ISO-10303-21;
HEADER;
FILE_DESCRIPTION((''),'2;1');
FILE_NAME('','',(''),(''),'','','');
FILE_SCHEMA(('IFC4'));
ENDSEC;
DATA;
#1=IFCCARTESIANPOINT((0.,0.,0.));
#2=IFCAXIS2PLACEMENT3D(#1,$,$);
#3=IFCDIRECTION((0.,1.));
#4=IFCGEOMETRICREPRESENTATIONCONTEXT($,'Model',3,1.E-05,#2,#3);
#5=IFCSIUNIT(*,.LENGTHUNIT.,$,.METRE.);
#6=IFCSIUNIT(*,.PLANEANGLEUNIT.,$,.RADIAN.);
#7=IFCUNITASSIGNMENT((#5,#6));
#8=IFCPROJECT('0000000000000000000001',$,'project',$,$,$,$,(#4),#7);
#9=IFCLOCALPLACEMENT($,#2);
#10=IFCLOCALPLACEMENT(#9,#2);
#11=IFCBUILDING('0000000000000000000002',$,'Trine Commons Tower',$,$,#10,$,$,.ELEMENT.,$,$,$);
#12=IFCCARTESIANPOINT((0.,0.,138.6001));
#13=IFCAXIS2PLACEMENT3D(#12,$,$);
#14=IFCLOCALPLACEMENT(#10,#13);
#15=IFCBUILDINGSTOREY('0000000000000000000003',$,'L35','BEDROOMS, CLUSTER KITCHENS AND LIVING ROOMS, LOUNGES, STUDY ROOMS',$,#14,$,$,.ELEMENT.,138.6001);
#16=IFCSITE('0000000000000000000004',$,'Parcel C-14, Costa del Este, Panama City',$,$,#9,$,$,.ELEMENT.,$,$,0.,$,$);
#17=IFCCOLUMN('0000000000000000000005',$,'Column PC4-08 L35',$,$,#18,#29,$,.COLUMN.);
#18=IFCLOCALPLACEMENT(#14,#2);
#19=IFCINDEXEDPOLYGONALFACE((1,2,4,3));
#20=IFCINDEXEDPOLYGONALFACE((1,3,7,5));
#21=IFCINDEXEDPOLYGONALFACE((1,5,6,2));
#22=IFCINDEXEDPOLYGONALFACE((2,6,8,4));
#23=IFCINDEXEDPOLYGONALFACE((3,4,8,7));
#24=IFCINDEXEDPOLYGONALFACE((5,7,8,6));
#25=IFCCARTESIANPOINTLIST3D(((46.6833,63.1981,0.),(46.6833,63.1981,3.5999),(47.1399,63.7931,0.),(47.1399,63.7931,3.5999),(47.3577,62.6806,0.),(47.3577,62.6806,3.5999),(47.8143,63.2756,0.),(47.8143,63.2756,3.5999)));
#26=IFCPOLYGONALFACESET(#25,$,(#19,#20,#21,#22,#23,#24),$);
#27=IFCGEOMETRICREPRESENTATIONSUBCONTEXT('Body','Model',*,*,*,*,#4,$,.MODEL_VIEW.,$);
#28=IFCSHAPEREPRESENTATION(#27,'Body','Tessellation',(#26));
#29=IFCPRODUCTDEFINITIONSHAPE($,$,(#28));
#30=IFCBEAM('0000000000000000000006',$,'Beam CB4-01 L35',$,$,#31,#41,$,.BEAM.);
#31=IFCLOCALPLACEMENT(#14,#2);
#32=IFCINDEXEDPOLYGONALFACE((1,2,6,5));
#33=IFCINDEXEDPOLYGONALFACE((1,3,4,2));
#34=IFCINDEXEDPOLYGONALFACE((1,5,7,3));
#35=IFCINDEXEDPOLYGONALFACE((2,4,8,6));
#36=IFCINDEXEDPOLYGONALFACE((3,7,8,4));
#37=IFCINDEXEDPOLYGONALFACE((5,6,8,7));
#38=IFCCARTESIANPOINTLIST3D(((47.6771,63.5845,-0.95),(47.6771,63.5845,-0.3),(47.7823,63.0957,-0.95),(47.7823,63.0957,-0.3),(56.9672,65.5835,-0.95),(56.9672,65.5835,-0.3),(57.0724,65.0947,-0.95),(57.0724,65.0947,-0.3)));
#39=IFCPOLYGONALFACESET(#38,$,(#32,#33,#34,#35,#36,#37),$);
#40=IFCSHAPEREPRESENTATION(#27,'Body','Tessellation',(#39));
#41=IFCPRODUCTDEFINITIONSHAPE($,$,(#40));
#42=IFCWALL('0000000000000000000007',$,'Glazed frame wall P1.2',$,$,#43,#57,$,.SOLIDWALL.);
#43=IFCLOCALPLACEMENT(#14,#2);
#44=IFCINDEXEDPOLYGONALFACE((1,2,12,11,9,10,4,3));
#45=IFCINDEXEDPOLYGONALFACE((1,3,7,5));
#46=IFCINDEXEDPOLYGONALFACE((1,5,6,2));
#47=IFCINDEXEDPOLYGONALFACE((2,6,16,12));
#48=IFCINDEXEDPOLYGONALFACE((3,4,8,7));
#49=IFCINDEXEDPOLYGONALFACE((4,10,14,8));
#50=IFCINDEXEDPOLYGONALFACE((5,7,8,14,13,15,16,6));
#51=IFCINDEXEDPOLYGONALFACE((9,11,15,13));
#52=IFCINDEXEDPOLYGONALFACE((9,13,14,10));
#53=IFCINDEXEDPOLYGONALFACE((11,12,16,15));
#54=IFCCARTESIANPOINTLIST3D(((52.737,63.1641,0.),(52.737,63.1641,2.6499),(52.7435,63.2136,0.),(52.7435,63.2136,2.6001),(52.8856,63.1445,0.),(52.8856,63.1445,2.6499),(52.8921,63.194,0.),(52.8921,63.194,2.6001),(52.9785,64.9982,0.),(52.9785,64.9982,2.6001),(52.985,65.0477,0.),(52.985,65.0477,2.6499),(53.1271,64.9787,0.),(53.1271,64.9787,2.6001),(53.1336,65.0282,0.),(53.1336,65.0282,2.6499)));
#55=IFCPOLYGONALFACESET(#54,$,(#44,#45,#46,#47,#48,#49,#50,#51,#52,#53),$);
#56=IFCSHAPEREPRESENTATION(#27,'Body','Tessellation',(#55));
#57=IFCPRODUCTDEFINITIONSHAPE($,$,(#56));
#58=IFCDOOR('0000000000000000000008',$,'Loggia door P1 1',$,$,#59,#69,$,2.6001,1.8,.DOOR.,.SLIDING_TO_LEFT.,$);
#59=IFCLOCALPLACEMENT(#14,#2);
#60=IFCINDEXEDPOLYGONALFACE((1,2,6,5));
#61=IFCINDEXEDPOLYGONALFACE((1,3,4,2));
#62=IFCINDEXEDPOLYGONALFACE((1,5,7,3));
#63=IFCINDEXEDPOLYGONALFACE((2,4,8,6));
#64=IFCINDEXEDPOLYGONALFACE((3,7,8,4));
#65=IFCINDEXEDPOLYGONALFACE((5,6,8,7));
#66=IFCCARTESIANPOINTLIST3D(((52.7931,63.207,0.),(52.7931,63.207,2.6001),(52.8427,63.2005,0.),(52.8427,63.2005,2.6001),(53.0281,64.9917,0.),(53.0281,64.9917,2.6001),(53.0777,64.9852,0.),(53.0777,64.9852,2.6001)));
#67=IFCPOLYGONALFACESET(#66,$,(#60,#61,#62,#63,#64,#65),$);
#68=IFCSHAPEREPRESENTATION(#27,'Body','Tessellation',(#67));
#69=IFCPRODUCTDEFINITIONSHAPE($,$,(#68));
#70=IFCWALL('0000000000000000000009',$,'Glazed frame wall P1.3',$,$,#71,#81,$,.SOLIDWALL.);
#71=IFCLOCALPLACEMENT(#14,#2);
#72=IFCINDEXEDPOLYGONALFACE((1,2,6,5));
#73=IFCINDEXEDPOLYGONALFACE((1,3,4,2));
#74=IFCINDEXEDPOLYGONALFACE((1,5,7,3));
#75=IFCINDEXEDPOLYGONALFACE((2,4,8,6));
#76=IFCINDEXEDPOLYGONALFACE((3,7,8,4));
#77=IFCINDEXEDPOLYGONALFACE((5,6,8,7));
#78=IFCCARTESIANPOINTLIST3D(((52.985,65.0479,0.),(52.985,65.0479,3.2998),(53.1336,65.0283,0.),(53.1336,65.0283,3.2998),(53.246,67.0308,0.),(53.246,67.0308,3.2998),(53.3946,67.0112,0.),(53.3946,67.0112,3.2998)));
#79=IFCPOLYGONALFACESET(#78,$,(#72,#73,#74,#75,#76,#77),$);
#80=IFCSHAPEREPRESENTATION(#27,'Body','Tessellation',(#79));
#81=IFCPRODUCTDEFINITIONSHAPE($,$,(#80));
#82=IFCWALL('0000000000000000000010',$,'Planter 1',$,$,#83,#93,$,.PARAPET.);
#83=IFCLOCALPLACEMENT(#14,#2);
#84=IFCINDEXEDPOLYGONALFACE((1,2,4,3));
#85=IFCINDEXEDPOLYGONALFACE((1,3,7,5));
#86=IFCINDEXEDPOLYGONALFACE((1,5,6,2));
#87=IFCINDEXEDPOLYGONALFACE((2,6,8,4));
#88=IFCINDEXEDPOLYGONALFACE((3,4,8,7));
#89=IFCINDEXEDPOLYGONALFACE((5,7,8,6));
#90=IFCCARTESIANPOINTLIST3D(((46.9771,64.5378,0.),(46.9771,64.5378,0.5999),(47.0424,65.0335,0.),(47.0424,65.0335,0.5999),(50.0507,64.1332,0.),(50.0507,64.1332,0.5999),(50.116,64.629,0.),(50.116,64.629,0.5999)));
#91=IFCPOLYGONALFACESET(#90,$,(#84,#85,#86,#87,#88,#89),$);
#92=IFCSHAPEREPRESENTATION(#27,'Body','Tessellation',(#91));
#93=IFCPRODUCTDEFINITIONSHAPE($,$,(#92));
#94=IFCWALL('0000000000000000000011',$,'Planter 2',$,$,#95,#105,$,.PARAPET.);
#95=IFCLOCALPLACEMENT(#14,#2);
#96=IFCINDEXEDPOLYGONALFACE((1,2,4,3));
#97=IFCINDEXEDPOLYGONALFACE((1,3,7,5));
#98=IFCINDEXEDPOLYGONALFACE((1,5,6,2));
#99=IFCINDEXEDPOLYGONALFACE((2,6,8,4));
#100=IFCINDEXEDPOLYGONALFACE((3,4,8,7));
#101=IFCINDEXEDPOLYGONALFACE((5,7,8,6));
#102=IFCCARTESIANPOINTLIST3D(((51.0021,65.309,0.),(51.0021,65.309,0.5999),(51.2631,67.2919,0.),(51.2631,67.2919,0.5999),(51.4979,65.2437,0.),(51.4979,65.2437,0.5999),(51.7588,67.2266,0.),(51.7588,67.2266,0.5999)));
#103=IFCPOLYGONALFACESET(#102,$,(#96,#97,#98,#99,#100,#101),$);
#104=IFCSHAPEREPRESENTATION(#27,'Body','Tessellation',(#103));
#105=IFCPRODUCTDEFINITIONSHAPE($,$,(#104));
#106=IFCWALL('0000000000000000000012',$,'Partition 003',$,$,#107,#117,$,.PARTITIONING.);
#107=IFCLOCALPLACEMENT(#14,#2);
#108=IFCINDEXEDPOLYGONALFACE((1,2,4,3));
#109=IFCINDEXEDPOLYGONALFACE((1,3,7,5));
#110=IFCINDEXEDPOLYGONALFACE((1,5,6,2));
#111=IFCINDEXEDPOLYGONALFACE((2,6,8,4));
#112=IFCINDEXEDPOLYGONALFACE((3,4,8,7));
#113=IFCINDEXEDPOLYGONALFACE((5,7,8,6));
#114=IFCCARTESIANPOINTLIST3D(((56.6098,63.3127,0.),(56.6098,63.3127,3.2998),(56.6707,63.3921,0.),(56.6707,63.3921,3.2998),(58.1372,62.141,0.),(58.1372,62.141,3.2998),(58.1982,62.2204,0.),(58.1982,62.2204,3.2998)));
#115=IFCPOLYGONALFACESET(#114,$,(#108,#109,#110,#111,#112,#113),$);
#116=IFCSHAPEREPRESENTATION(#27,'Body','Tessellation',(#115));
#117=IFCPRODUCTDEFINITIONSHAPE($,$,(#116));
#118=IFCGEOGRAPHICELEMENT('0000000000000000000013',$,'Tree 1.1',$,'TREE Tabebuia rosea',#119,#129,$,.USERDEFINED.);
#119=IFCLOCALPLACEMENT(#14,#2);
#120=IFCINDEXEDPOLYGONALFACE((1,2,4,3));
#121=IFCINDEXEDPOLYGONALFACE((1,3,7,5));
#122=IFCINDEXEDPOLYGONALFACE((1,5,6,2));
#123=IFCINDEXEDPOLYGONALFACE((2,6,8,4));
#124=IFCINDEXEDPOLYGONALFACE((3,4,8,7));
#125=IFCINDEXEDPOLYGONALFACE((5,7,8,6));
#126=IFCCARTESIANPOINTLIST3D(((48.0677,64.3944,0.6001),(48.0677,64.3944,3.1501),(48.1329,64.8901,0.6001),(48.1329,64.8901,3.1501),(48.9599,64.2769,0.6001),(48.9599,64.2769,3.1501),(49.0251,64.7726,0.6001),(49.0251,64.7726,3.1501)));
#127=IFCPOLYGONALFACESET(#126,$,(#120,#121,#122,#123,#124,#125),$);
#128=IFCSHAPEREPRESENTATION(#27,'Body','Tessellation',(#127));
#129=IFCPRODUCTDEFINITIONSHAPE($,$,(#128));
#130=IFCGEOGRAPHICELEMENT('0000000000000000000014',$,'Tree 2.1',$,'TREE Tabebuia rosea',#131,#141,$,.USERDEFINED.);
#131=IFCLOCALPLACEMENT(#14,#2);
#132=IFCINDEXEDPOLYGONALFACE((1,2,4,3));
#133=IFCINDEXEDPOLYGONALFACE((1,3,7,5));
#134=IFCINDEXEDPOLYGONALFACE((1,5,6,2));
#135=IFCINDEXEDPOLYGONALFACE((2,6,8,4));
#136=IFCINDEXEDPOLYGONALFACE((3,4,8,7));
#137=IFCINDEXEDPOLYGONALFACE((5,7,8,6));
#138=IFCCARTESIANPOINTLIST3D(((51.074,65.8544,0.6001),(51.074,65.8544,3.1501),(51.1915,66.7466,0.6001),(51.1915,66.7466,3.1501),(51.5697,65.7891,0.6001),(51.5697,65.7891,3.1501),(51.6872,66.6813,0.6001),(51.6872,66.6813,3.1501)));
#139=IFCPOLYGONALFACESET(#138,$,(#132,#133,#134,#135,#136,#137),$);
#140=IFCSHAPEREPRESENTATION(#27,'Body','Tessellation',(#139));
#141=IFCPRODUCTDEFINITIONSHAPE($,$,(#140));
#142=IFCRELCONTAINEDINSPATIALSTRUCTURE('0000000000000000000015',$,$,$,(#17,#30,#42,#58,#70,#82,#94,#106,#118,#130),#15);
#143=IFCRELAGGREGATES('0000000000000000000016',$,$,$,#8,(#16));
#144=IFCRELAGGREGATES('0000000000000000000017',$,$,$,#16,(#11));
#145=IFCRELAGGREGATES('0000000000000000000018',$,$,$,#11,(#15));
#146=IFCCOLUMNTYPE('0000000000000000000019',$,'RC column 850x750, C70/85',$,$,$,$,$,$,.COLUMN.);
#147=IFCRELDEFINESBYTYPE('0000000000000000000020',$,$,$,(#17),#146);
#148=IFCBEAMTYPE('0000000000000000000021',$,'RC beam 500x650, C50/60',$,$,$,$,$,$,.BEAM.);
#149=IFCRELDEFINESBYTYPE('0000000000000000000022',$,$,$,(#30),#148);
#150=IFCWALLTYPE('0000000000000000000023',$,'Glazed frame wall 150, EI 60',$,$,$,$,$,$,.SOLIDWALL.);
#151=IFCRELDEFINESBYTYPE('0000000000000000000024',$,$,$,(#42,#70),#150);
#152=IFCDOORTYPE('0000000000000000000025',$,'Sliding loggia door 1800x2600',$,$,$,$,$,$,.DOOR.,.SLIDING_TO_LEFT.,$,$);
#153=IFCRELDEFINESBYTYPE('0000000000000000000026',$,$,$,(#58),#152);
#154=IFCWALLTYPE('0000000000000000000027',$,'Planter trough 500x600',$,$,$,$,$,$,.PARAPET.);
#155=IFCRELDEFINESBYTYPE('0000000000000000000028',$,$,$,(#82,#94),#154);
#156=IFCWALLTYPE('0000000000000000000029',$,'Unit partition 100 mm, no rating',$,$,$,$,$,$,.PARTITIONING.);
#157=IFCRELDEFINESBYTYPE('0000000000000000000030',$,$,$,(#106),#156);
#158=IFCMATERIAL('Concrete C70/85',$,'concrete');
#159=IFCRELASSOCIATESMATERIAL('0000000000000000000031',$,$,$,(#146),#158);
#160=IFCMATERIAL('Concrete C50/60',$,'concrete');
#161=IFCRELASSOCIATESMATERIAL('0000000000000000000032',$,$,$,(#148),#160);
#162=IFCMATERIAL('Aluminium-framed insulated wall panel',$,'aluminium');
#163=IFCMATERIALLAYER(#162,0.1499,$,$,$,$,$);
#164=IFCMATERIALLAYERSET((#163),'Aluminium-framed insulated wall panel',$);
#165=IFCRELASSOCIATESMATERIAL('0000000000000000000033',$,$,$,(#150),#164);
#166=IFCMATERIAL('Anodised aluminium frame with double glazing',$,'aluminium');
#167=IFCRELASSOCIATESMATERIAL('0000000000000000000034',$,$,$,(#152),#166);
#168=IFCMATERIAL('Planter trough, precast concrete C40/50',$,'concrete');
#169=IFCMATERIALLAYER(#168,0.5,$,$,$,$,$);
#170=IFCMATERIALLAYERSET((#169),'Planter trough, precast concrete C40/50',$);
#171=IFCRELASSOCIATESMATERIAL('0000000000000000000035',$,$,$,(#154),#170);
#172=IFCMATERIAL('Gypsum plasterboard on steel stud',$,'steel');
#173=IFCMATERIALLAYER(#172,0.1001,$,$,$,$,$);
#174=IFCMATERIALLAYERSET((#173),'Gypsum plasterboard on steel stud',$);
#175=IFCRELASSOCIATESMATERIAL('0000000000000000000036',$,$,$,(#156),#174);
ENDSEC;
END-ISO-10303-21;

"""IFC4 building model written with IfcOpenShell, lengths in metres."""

from ifc_helpers import new_model, si_unit, direction, frame, frame_2d, origin, origin_2d, place, context, subcontext, project, spatial, polyline, rectangle, outline, extrude, material, layer, layer_set, material_profile, profile_set, type_object, element, fill, save


model = new_model("IFC4")

# Units and contexts
model_context = context("Model", 3, precision=1e-05, world=origin(), true_north=direction((0.0, 1.0)))
body_context = subcontext(model_context, "Body", "Model", "MODEL_VIEW")
ifc_project = project(units=[si_unit("LENGTHUNIT", "METRE"), si_unit("PLANEANGLEUNIT", "RADIAN")], contexts=[model_context])

# Site, building, storey
site_placement = place(None, origin())
site = spatial("IfcSite", under=ifc_project, at=site_placement, Name="Parcel C-14, Costa del Este, Panama City", CompositionType="ELEMENT", RefElevation=0.0)
building_placement = place(site_placement, origin())
building = spatial("IfcBuilding", under=site, at=building_placement, Name="Trine Commons Tower", CompositionType="ELEMENT")
storey_placement = place(building_placement, frame((0.0, 0.0, 138.6001)))
storey = spatial("IfcBuildingStorey", under=building, at=storey_placement, Name="L35", Description="BEDROOMS, CLUSTER KITCHENS AND LIVING ROOMS, LOUNGES, STUDY ROOMS", CompositionType="ELEMENT", Elevation=138.6001)

# Column
ifc_material_1 = material(Name="Concrete C70/85", Category="concrete")
ifc_material_profile_1 = material_profile(ifc_material_1, rectangle(XDim=0.8501, YDim=0.75, at=origin_2d()), Name="RC 850x750")
ifc_profile_set_1 = profile_set([ifc_material_profile_1], Name="Concrete C70/85")
column_type = type_object("IfcColumnType", Name="RC column 850x750, C70/85", PredefinedType="COLUMN", material=ifc_profile_set_1)
column_placement = place(storey_placement, frame((47.2488, 63.2368, 0.0), z_axis=(0.0, 0.0, 1.0), x_axis=(-0.793353, 0.608761, 0.0)))
element("IfcColumn", 1, at=column_placement, inside=storey, type_object=column_type, Name="Column PC4-08 L35", PredefinedType="COLUMN", context=body_context, shape_type="SweptSolid", body=[
    extrude(rectangle(XDim=0.8501, YDim=0.75, at=origin_2d()), origin(), (0.0, 0.0, 1.0), 3.5999),
])

# Beam
ifc_material_2 = material(Name="Concrete C50/60", Category="concrete")
ifc_material_profile_2 = material_profile(ifc_material_2, rectangle(XDim=0.5, YDim=0.6499, at=origin_2d()), Name="RC 500x650")
ifc_profile_set_2 = profile_set([ifc_material_profile_2], Name="Concrete C50/60")
beam_type = type_object("IfcBeamType", Name="RC beam 500x650, C50/60", PredefinedType="BEAM", material=ifc_profile_set_2)
beam_placement = place(storey_placement, frame((47.7297, 63.3401, -0.625), z_axis=(0.977623, 0.210364, 0.0), x_axis=(-0.210364, 0.977623, 0.0)))
element("IfcBeam", 2, at=beam_placement, inside=storey, type_object=beam_type, Name="Beam CB4-01 L35", PredefinedType="BEAM", context=body_context, shape_type="SweptSolid", body=[
    extrude(rectangle(XDim=0.5, YDim=0.6499, at=origin_2d()), origin(), (0.0, 0.0, 1.0), 9.5027),
])

# Shared definitions
ifc_material_3 = material(Name="Aluminium-framed insulated wall panel", Category="aluminium")
ifc_layer_1 = layer(ifc_material_3, 0.1499)
ifc_layer_set_1 = layer_set([ifc_layer_1], Name="Aluminium-framed insulated wall panel")
wall_type_1 = type_object("IfcWallType", Name="Glazed frame wall 150, EI 60", PredefinedType="SOLIDWALL", material=ifc_layer_set_1)

# Wall, opening, door
wall_1_placement = place(storey_placement, frame((52.8113, 63.1543, 0.0), z_axis=(0.0, 0.0, 1.0), x_axis=(0.130548, 0.991442, 0.0)))
wall_1 = element("IfcWall", 3, at=wall_1_placement, inside=storey, type_object=wall_type_1, Name="Glazed frame wall P1.2", PredefinedType="SOLIDWALL", context=body_context, shape_type="SweptSolid", body=[
    extrude(outline(polyline([(0.0, -0.075), (1.8999, -0.075), (1.8999, 0.075), (0.0, 0.075), (0.0, -0.075)])), origin(), (0.0, 0.0, 1.0), 2.6499),
])
opening_placement = place(wall_1_placement, frame((0.05, 0.0, 0.0)))
opening = element("IfcOpeningElement", 4, at=opening_placement, cuts=wall_1, PredefinedType="OPENING", context=body_context, shape_type="SweptSolid", body=[
    extrude(rectangle(XDim=1.8, YDim=2.6001, at=frame_2d((0.8999, 1.3))), frame((0.0, 0.085, 0.0), z_axis=(0.0, -1.0, 0.0), x_axis=(1.0, 0.0, 0.0)), (0.0, 0.0, 1.0), 0.1699),
])
ifc_material_4 = material(Name="Anodised aluminium frame with double glazing", Category="aluminium")
door_type = type_object("IfcDoorType", Name="Sliding loggia door 1800x2600", OperationType="SLIDING_TO_LEFT", PredefinedType="DOOR", material=ifc_material_4)
door_placement = place(opening_placement, origin())
door = element("IfcDoor", 5, at=door_placement, inside=storey, type_object=door_type, Name="Loggia door P1 1", OperationType="SLIDING_TO_LEFT", OverallHeight=2.6001, OverallWidth=1.8, PredefinedType="DOOR", context=body_context, shape_type="SweptSolid", body=[
    extrude(rectangle(XDim=1.8, YDim=2.6001, at=frame_2d((0.8999, 1.3))), frame((0.0, 0.0249, 0.0), z_axis=(0.0, -1.0, 0.0), x_axis=(1.0, 0.0, 0.0)), (0.0, 0.0, 1.0), 0.05),
])
fill(opening, door)

# Walls
wall_2_placement = place(storey_placement, frame((53.0593, 65.0381, 0.0), z_axis=(0.0, 0.0, 1.0), x_axis=(0.130492, 0.991449, 0.0)))
element("IfcWall", 6, at=wall_2_placement, inside=storey, type_object=wall_type_1, Name="Glazed frame wall P1.3", PredefinedType="SOLIDWALL", context=body_context, shape_type="SweptSolid", body=[
    extrude(outline(polyline([(0.0, -0.075), (2.0, -0.075), (2.0, 0.075), (0.0, 0.075), (0.0, -0.075)])), origin(), (0.0, 0.0, 1.0), 3.2998),
])
ifc_material_5 = material(Name="Planter trough, precast concrete C40/50", Category="concrete")
ifc_layer_2 = layer(ifc_material_5, 0.5)
ifc_layer_set_2 = layer_set([ifc_layer_2], Name="Planter trough, precast concrete C40/50")
wall_type_2 = type_object("IfcWallType", Name="Planter trough 500x600", PredefinedType="PARAPET", material=ifc_layer_set_2)
wall_3_placement = place(storey_placement, frame((47.0098, 64.7856, 0.0), z_axis=(0.0, 0.0, 1.0), x_axis=(0.991449, -0.130497, 0.0)))
element("IfcWall", 7, at=wall_3_placement, inside=storey, type_object=wall_type_2, Name="Planter 1", PredefinedType="PARAPET", context=body_context, shape_type="SweptSolid", body=[
    extrude(rectangle(XDim=3.1001, YDim=0.5, at=frame_2d((1.55, 0.0))), origin(), (0.0, 0.0, 1.0), 0.5999),
])
wall_4_placement = place(storey_placement, frame((51.25, 65.2764, 0.0), z_axis=(0.0, 0.0, 1.0), x_axis=(0.130492, 0.991449, 0.0)))
element("IfcWall", 8, at=wall_4_placement, inside=storey, type_object=wall_type_2, Name="Planter 2", PredefinedType="PARAPET", context=body_context, shape_type="SweptSolid", body=[
    extrude(rectangle(XDim=2.0, YDim=0.5, at=frame_2d((1.0, 0.0))), origin(), (0.0, 0.0, 1.0), 0.5999),
])
ifc_material_6 = material(Name="Gypsum plasterboard on steel stud", Category="steel")
ifc_layer_3 = layer(ifc_material_6, 0.1001)
ifc_layer_set_3 = layer_set([ifc_layer_3], Name="Gypsum plasterboard on steel stud")
wall_type_3 = type_object("IfcWallType", Name="Unit partition 100 mm, no rating", PredefinedType="PARTITIONING", material=ifc_layer_set_3)
wall_5_placement = place(storey_placement, frame((56.6404, 63.3523, 0.0), z_axis=(0.0, 0.0, 1.0), x_axis=(0.793439, -0.60865, 0.0)))
element("IfcWall", 9, at=wall_5_placement, inside=storey, type_object=wall_type_3, Name="Partition 003", PredefinedType="PARTITIONING", context=body_context, shape_type="SweptSolid", body=[
    extrude(rectangle(XDim=1.925, YDim=0.1001, at=frame_2d((0.9624, 0.0))), origin(), (0.0, 0.0, 1.0), 3.2998),
])

# Geographic elements
for number, where, z_axis, x_axis, name in (
    (10, (48.5464, 64.5835, 0.6001), (0.0, 0.0, 1.0), (0.991446, -0.130514, 0.0), "Tree 1.1"),
    (11, (51.3806, 66.2678, 0.6001), (0.0, 0.0, 1.0), (0.130543, 0.991443, 0.0), "Tree 2.1"),
):
    element("IfcGeographicElement", number, at=place(storey_placement, frame(where, z_axis=z_axis, x_axis=x_axis)), inside=storey, Name=name, ObjectType="TREE Tabebuia rosea", PredefinedType="USERDEFINED", context=body_context, shape_type="SweptSolid", body=[
        extrude(rectangle(XDim=0.8999, YDim=0.5, at=origin_2d()), origin(), (0.0, 0.0, 1.0), 2.55),
    ])

save(model, "model.ifc")
